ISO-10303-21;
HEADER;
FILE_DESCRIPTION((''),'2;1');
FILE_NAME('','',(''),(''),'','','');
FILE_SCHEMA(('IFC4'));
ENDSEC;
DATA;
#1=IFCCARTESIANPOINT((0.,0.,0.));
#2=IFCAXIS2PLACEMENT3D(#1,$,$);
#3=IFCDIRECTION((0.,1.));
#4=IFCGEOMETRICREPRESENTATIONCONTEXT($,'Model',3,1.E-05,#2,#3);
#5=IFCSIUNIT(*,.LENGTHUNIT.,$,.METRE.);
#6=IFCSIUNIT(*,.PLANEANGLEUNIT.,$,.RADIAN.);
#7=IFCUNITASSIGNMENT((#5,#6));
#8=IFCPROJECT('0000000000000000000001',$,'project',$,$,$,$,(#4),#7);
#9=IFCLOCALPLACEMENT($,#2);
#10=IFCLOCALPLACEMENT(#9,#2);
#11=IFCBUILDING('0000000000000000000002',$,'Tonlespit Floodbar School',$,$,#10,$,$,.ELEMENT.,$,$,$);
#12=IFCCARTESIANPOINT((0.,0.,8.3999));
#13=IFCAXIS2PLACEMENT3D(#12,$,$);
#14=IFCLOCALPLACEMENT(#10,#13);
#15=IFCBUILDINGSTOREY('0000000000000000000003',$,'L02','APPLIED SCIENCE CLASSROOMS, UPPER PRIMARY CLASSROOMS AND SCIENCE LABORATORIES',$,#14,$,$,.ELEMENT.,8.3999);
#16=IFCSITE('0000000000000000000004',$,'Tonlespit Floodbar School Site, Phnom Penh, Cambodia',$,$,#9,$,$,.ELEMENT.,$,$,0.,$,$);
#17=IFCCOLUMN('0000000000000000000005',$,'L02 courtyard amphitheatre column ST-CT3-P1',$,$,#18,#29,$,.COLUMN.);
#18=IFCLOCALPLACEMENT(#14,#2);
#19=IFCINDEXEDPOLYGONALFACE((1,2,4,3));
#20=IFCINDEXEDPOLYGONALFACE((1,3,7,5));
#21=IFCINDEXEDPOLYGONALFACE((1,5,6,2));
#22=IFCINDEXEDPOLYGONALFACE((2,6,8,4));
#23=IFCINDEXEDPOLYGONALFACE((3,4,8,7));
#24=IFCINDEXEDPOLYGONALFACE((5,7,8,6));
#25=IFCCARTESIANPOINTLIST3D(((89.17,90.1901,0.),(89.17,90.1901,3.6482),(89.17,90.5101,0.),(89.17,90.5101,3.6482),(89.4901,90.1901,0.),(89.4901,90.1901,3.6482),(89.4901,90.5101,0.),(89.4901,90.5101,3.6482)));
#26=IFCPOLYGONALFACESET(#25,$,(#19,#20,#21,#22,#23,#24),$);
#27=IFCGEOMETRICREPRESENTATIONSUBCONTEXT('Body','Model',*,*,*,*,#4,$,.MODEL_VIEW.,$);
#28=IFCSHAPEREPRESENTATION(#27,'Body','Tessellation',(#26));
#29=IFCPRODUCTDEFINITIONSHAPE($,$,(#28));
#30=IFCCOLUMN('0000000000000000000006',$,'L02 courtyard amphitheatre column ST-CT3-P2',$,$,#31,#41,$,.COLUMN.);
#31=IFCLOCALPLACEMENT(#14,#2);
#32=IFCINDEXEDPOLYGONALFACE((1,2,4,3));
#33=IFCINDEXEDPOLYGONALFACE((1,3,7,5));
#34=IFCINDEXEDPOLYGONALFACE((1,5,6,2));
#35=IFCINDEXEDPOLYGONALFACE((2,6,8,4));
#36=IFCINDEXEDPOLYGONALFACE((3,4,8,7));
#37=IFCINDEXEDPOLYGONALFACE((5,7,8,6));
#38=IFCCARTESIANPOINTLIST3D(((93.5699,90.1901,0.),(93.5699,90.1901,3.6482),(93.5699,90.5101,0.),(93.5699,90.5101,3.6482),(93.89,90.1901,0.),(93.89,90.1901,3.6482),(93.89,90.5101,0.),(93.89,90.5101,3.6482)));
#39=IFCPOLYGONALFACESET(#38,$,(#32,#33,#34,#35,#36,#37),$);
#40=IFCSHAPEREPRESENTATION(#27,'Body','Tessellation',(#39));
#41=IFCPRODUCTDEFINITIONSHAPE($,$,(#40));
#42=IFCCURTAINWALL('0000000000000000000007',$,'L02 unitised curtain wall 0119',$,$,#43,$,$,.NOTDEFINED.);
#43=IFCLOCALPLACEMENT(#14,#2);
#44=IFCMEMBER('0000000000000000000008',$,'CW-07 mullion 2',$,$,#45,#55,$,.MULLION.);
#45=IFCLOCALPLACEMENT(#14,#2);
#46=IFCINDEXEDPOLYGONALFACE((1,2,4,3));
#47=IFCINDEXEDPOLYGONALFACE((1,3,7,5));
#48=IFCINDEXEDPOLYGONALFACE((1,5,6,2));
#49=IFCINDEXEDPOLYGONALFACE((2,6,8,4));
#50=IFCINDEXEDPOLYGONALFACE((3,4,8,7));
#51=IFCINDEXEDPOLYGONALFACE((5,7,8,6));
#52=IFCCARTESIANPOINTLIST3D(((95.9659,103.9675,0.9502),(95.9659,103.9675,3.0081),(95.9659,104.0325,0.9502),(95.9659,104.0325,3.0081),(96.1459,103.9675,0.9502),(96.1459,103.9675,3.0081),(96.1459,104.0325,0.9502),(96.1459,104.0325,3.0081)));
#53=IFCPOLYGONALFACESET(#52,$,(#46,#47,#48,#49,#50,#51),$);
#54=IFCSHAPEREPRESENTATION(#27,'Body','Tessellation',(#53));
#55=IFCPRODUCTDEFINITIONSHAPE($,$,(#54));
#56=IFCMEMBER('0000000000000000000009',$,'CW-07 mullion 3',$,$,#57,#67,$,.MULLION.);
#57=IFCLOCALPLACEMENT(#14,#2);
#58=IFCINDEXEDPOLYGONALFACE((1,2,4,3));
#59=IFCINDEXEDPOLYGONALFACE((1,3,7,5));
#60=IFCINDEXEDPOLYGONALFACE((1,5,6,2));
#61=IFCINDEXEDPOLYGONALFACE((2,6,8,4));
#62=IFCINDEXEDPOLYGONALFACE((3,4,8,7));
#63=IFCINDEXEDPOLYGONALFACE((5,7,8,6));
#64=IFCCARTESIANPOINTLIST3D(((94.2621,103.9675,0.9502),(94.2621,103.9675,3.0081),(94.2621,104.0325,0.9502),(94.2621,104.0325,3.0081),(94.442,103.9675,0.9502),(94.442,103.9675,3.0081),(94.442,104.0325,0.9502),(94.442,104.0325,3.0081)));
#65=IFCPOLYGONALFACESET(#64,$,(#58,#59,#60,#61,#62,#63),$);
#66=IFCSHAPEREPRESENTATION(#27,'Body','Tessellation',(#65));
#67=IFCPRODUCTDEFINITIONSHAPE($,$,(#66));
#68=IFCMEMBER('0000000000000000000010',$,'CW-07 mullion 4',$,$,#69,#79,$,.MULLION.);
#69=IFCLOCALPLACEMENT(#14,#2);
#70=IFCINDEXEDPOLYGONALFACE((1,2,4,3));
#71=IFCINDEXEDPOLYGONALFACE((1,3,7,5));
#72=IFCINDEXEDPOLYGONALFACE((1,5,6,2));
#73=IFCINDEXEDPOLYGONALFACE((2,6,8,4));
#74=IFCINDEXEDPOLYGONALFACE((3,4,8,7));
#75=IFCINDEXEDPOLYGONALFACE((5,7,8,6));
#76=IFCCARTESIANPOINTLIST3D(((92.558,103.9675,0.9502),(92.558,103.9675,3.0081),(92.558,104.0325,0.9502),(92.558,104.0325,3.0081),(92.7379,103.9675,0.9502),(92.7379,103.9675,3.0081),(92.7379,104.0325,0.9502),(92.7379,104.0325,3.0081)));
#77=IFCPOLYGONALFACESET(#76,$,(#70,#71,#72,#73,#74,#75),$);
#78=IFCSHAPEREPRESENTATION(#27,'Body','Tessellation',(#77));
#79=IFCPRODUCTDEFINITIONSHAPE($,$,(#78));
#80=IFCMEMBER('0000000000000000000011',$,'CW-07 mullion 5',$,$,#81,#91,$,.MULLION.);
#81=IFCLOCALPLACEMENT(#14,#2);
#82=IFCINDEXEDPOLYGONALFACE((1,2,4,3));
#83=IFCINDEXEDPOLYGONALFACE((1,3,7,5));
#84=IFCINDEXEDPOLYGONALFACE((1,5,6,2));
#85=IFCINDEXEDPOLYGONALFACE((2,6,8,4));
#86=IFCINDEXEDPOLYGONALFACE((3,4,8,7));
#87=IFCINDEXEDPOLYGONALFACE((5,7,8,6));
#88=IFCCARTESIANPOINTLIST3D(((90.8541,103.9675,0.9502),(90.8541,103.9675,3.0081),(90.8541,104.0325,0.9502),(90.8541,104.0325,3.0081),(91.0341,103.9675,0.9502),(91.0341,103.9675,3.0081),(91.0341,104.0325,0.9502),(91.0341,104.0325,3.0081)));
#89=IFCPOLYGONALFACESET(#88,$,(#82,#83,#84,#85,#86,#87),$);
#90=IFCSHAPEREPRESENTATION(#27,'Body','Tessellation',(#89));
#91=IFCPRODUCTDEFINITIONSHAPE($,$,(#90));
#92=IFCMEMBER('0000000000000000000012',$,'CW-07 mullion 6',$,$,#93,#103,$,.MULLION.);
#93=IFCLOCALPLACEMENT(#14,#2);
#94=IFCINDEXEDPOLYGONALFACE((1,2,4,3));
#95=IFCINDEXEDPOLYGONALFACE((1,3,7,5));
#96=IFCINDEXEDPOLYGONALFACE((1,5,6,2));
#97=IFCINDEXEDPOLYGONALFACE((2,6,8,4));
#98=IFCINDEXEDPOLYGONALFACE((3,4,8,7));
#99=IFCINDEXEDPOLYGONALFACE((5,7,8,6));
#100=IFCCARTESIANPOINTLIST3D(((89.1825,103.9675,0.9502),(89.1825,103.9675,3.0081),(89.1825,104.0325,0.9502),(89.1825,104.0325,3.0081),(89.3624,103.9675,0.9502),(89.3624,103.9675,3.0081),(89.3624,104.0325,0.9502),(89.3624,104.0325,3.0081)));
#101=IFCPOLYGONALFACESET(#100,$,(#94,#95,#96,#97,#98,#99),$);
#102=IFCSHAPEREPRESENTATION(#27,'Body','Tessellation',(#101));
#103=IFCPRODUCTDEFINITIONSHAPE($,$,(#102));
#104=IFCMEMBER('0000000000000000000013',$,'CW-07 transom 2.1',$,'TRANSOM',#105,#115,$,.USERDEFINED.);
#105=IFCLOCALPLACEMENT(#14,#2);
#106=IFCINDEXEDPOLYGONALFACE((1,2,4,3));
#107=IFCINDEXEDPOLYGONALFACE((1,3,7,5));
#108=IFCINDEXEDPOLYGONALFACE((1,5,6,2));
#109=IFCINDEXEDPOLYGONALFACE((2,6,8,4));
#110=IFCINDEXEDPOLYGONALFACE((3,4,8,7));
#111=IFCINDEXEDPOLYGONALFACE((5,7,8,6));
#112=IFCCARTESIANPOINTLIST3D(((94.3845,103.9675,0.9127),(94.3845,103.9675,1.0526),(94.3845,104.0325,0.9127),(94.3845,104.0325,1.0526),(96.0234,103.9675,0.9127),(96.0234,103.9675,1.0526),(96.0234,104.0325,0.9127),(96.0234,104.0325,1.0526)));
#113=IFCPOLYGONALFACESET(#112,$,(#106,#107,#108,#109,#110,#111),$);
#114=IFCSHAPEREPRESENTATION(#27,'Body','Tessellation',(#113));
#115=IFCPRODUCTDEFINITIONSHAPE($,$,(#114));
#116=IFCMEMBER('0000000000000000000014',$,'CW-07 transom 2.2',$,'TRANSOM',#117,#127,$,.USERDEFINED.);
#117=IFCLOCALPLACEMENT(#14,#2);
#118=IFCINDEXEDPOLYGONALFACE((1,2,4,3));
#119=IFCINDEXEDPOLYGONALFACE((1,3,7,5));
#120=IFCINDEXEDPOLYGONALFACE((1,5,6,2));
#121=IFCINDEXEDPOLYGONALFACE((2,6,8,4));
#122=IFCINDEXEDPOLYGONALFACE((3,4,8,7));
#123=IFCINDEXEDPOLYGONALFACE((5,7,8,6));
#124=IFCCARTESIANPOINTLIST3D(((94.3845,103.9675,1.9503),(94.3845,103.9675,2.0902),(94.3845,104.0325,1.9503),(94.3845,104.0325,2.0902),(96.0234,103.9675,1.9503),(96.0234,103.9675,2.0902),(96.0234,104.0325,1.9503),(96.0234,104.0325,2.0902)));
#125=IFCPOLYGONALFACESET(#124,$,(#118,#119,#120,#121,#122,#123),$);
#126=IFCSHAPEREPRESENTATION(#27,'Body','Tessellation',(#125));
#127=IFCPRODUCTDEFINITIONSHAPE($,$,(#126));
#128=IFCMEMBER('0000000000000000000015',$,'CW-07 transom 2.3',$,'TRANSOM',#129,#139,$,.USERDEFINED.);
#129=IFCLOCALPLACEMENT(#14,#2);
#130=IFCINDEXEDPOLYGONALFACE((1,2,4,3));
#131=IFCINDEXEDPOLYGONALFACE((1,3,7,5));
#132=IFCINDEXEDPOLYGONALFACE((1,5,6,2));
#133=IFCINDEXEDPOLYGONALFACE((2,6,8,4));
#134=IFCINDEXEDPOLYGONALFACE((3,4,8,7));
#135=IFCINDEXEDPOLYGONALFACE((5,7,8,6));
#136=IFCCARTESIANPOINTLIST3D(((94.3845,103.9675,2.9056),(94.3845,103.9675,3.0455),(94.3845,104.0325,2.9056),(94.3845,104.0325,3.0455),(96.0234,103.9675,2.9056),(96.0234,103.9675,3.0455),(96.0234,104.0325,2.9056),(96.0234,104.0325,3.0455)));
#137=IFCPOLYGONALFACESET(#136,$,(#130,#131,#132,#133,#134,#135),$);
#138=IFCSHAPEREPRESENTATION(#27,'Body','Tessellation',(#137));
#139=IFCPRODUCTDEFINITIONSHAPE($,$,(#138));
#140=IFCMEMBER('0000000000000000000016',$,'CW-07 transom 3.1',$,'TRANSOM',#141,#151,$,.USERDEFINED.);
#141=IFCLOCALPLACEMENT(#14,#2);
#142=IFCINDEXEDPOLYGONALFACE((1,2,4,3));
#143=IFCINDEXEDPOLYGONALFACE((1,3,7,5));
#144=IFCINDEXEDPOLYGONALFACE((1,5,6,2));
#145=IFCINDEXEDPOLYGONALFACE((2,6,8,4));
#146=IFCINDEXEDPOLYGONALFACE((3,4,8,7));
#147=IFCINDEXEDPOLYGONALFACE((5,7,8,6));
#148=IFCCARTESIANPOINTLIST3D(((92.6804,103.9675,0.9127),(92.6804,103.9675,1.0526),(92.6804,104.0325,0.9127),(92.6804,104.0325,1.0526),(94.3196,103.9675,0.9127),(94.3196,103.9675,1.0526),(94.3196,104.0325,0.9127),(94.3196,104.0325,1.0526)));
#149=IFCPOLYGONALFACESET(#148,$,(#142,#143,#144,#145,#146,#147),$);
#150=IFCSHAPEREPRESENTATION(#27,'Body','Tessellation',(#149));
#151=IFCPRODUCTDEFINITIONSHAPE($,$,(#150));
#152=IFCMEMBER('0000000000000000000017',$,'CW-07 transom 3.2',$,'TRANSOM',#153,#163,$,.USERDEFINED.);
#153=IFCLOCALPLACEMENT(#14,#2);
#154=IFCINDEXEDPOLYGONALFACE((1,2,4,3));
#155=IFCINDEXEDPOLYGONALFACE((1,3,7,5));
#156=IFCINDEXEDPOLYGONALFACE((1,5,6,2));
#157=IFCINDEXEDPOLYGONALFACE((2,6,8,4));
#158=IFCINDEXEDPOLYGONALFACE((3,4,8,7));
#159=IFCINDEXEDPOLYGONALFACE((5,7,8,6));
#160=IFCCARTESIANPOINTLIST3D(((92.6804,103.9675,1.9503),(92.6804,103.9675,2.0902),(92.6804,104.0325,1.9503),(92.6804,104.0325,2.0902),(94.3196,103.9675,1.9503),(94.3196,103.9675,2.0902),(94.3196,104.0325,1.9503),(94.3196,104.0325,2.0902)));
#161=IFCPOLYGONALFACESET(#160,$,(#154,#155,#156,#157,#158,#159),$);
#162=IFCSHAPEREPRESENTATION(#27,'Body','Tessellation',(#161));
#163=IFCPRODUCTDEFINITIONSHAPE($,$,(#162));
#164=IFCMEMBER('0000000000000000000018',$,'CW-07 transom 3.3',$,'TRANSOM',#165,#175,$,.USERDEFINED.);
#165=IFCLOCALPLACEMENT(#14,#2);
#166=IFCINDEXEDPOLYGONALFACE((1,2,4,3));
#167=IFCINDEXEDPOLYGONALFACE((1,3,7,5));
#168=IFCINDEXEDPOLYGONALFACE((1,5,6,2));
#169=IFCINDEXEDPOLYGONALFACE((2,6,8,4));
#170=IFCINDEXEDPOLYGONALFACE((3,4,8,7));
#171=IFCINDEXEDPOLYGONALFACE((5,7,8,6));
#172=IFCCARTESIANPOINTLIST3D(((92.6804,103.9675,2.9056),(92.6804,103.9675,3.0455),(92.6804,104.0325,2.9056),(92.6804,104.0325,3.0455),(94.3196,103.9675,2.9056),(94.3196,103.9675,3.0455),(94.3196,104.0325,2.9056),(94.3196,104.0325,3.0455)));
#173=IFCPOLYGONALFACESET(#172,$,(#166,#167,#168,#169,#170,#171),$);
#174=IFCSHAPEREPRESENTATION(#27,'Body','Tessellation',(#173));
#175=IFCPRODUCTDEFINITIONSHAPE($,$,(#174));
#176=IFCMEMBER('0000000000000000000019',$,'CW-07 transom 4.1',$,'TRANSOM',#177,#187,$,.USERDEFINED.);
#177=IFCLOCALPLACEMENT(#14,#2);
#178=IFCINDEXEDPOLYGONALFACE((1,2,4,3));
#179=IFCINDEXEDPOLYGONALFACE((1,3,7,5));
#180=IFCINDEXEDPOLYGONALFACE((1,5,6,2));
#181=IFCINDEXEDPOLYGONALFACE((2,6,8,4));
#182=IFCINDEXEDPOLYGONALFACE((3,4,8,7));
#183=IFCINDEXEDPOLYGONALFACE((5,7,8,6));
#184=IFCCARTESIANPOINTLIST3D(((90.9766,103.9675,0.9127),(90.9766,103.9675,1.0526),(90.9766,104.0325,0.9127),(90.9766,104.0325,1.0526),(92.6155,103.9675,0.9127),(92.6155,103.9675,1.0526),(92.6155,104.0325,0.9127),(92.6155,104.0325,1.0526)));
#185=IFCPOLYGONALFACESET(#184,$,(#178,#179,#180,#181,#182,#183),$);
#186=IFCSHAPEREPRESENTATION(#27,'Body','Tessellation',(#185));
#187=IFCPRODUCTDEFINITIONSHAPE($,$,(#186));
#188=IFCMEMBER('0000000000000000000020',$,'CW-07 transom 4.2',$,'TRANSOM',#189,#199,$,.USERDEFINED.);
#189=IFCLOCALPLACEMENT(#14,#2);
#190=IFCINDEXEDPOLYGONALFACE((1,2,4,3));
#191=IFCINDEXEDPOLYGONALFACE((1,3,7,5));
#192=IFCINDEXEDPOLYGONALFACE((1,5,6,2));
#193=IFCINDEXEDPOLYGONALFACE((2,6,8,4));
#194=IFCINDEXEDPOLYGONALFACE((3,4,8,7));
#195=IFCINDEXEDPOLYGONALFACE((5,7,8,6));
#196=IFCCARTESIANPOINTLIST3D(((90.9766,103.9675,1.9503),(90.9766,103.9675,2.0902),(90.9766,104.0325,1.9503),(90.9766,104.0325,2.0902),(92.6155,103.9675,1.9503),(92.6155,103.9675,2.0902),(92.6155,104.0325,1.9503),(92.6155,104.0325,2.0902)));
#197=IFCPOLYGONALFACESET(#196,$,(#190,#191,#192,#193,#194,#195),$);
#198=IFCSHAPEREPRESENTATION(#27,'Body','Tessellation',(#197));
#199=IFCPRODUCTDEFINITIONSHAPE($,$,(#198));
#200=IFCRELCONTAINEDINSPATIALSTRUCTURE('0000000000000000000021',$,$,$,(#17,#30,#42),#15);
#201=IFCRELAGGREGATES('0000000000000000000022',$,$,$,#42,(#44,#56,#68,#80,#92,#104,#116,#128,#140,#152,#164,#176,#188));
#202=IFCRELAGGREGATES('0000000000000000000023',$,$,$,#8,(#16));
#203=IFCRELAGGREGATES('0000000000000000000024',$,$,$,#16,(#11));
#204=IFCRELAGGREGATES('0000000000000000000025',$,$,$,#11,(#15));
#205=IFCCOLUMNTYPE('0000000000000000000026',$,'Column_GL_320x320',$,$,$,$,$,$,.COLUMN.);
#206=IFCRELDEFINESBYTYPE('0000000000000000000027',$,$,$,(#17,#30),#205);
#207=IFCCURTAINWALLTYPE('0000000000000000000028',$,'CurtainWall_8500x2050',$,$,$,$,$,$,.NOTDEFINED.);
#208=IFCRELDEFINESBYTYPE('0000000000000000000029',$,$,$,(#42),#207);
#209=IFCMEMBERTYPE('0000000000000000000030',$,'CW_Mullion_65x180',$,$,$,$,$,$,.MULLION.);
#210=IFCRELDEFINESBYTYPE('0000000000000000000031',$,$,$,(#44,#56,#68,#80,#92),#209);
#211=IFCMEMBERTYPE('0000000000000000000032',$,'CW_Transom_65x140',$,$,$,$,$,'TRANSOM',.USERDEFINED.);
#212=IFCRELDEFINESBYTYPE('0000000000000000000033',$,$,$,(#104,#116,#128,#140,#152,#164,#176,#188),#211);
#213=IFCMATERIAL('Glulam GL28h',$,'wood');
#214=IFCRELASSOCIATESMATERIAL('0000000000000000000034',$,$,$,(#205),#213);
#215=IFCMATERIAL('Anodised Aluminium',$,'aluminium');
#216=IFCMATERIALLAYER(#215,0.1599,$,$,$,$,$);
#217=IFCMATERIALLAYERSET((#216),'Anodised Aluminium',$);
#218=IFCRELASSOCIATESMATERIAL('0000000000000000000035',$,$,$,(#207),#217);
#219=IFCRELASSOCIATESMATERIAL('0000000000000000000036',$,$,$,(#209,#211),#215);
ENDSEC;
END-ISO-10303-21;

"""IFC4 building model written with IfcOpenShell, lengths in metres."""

from ifc_helpers import new_model, si_unit, direction, frame, origin, origin_2d, place, context, subcontext, project, spatial, rectangle, extrude, material, layer, layer_set, material_profile, profile_set, type_object, element, aggregate, save


model = new_model("IFC4")

# Units and contexts
model_context = context("Model", 3, precision=1e-05, world=origin(), true_north=direction((0.0, 1.0)))
body_context = subcontext(model_context, "Body", "Model", "MODEL_VIEW")
ifc_project = project(units=[si_unit("LENGTHUNIT", "METRE"), si_unit("PLANEANGLEUNIT", "RADIAN")], contexts=[model_context])

# Site, building, storey
site_placement = place(None, origin())
site = spatial("IfcSite", under=ifc_project, at=site_placement, Name="Tonlespit Floodbar School Site, Phnom Penh, Cambodia", CompositionType="ELEMENT", RefElevation=0.0)
building_placement = place(site_placement, origin())
building = spatial("IfcBuilding", under=site, at=building_placement, Name="Tonlespit Floodbar School", CompositionType="ELEMENT")
storey_placement = place(building_placement, frame((0.0, 0.0, 8.3999)))
storey = spatial("IfcBuildingStorey", under=building, at=storey_placement, Name="L02", Description="APPLIED SCIENCE CLASSROOMS, UPPER PRIMARY CLASSROOMS AND SCIENCE LABORATORIES", CompositionType="ELEMENT", Elevation=8.3999)

# Columns
ifc_material_1 = material(Name="Glulam GL28h", Category="wood")
ifc_material_profile_1 = material_profile(ifc_material_1, rectangle(XDim=0.3201, YDim=0.3201, at=origin_2d()), Name="GL 320x320")
ifc_profile_set_1 = profile_set([ifc_material_profile_1], Name="Glulam GL28h")
column_type = type_object("IfcColumnType", Name="Column_GL_320x320", PredefinedType="COLUMN", material=ifc_profile_set_1)
for number, where, z_axis, x_axis, name in (
    (1, (89.3301, 90.3501, 0.0), (0.0, 0.0, 1.0), (1.0, 0.0, 0.0), "L02 courtyard amphitheatre column ST-CT3-P1"),
    (2, (93.73, 90.3501, 0.0), (0.0, 0.0, 1.0), (1.0, 0.0, 0.0), "L02 courtyard amphitheatre column ST-CT3-P2"),
):
    element("IfcColumn", number, at=place(storey_placement, frame(where, z_axis=z_axis, x_axis=x_axis)), inside=storey, type_object=column_type, Name=name, PredefinedType="COLUMN", context=body_context, shape_type="SweptSolid", body=[
        extrude(rectangle(XDim=0.3201, YDim=0.3201, at=origin_2d()), origin(), (0.0, 0.0, 1.0), 3.6482),
    ])

# Curtain wall, members
ifc_material_2 = material(Name="Anodised Aluminium", Category="aluminium")
ifc_layer_1 = layer(ifc_material_2, 0.1599)
ifc_layer_set_1 = layer_set([ifc_layer_1], Name="Anodised Aluminium")
curtain_wall_type = type_object("IfcCurtainWallType", Name="CurtainWall_8500x2050", PredefinedType="NOTDEFINED", material=ifc_layer_set_1)
curtain_wall_placement = place(storey_placement, origin())
curtain_wall = element("IfcCurtainWall", 3, at=curtain_wall_placement, inside=storey, type_object=curtain_wall_type, Name="L02 unitised curtain wall 0119", PredefinedType="NOTDEFINED")
ifc_material_profile_2 = material_profile(ifc_material_2, rectangle(XDim=0.0649, YDim=0.1799, at=origin_2d()), Name="ALU M65x180")
ifc_profile_set_2 = profile_set([ifc_material_profile_2], Name="Anodised Aluminium")
member_type_1 = type_object("IfcMemberType", Name="CW_Mullion_65x180", PredefinedType="MULLION", material=ifc_profile_set_2)
member_1_placement = place(storey_placement, frame((96.0559, 104.0, 0.9502), z_axis=(0.0, 0.0, 1.0), x_axis=(0.0, -1.0, 0.0)))
member_1 = element("IfcMember", 4, at=member_1_placement, type_object=member_type_1, Name="CW-07 mullion 2", PredefinedType="MULLION", context=body_context, shape_type="SweptSolid", body=[
    extrude(rectangle(XDim=0.0649, YDim=0.1799, at=origin_2d()), origin(), (0.0, 0.0, 1.0), 2.0579),
])
member_2_placement = place(storey_placement, frame((94.3521, 104.0, 0.9502), z_axis=(0.0, 0.0, 1.0), x_axis=(0.0, -1.0, 0.0)))
member_2 = element("IfcMember", 5, at=member_2_placement, type_object=member_type_1, Name="CW-07 mullion 3", PredefinedType="MULLION", context=body_context, shape_type="SweptSolid", body=[
    extrude(rectangle(XDim=0.0649, YDim=0.1799, at=origin_2d()), origin(), (0.0, 0.0, 1.0), 2.0579),
])
member_3_placement = place(storey_placement, frame((92.6479, 104.0, 0.9502), z_axis=(0.0, 0.0, 1.0), x_axis=(0.0, -1.0, 0.0)))
member_3 = element("IfcMember", 6, at=member_3_placement, type_object=member_type_1, Name="CW-07 mullion 4", PredefinedType="MULLION", context=body_context, shape_type="SweptSolid", body=[
    extrude(rectangle(XDim=0.0649, YDim=0.1799, at=origin_2d()), origin(), (0.0, 0.0, 1.0), 2.0579),
])
member_4_placement = place(storey_placement, frame((90.9441, 104.0, 0.9502), z_axis=(0.0, 0.0, 1.0), x_axis=(0.0, -1.0, 0.0)))
member_4 = element("IfcMember", 7, at=member_4_placement, type_object=member_type_1, Name="CW-07 mullion 5", PredefinedType="MULLION", context=body_context, shape_type="SweptSolid", body=[
    extrude(rectangle(XDim=0.0649, YDim=0.1799, at=origin_2d()), origin(), (0.0, 0.0, 1.0), 2.0579),
])
member_5_placement = place(storey_placement, frame((89.2725, 104.0, 0.9502), z_axis=(0.0, 0.0, 1.0), x_axis=(0.0, -1.0, 0.0)))
member_5 = element("IfcMember", 8, at=member_5_placement, type_object=member_type_1, Name="CW-07 mullion 6", PredefinedType="MULLION", context=body_context, shape_type="SweptSolid", body=[
    extrude(rectangle(XDim=0.0649, YDim=0.1799, at=origin_2d()), origin(), (0.0, 0.0, 1.0), 2.0579),
])
ifc_material_profile_3 = material_profile(ifc_material_2, rectangle(XDim=0.0649, YDim=0.1399, at=origin_2d()), Name="ALU T65x140")
ifc_profile_set_3 = profile_set([ifc_material_profile_3], Name="Anodised Aluminium")
member_type_2 = type_object("IfcMemberType", Name="CW_Transom_65x140", ElementType="TRANSOM", PredefinedType="USERDEFINED", material=ifc_profile_set_3)
member_6_placement = place(storey_placement, frame((96.0234, 104.0, 0.9827), z_axis=(-1.0, 0.0, 0.0), x_axis=(0.0, -1.0, 0.0)))
member_6 = element("IfcMember", 9, at=member_6_placement, type_object=member_type_2, Name="CW-07 transom 2.1", ObjectType="TRANSOM", PredefinedType="USERDEFINED", context=body_context, shape_type="SweptSolid", body=[
    extrude(rectangle(XDim=0.0649, YDim=0.1399, at=origin_2d()), origin(), (0.0, 0.0, 1.0), 1.6389),
])
member_7_placement = place(storey_placement, frame((96.0234, 104.0, 2.0203), z_axis=(-1.0, 0.0, 0.0), x_axis=(0.0, -1.0, 0.0)))
member_7 = element("IfcMember", 10, at=member_7_placement, type_object=member_type_2, Name="CW-07 transom 2.2", ObjectType="TRANSOM", PredefinedType="USERDEFINED", context=body_context, shape_type="SweptSolid", body=[
    extrude(rectangle(XDim=0.0649, YDim=0.1399, at=origin_2d()), origin(), (0.0, 0.0, 1.0), 1.6389),
])
member_8_placement = place(storey_placement, frame((96.0234, 104.0, 2.9756), z_axis=(-1.0, 0.0, 0.0), x_axis=(0.0, -1.0, 0.0)))
member_8 = element("IfcMember", 11, at=member_8_placement, type_object=member_type_2, Name="CW-07 transom 2.3", ObjectType="TRANSOM", PredefinedType="USERDEFINED", context=body_context, shape_type="SweptSolid", body=[
    extrude(rectangle(XDim=0.0649, YDim=0.1399, at=origin_2d()), origin(), (0.0, 0.0, 1.0), 1.6389),
])
member_9_placement = place(storey_placement, frame((94.3196, 104.0, 0.9827), z_axis=(-1.0, 0.0, 0.0), x_axis=(0.0, -1.0, 0.0)))
member_9 = element("IfcMember", 12, at=member_9_placement, type_object=member_type_2, Name="CW-07 transom 3.1", ObjectType="TRANSOM", PredefinedType="USERDEFINED", context=body_context, shape_type="SweptSolid", body=[
    extrude(rectangle(XDim=0.0649, YDim=0.1399, at=origin_2d()), origin(), (0.0, 0.0, 1.0), 1.6392),
])
member_10_placement = place(storey_placement, frame((94.3196, 104.0, 2.0203), z_axis=(-1.0, 0.0, 0.0), x_axis=(0.0, -1.0, 0.0)))
member_10 = element("IfcMember", 13, at=member_10_placement, type_object=member_type_2, Name="CW-07 transom 3.2", ObjectType="TRANSOM", PredefinedType="USERDEFINED", context=body_context, shape_type="SweptSolid", body=[
    extrude(rectangle(XDim=0.0649, YDim=0.1399, at=origin_2d()), origin(), (0.0, 0.0, 1.0), 1.6392),
])
member_11_placement = place(storey_placement, frame((94.3196, 104.0, 2.9756), z_axis=(-1.0, 0.0, 0.0), x_axis=(0.0, -1.0, 0.0)))
member_11 = element("IfcMember", 14, at=member_11_placement, type_object=member_type_2, Name="CW-07 transom 3.3", ObjectType="TRANSOM", PredefinedType="USERDEFINED", context=body_context, shape_type="SweptSolid", body=[
    extrude(rectangle(XDim=0.0649, YDim=0.1399, at=origin_2d()), origin(), (0.0, 0.0, 1.0), 1.6392),
])
member_12_placement = place(storey_placement, frame((92.6155, 104.0, 0.9827), z_axis=(-1.0, 0.0, 0.0), x_axis=(0.0, -1.0, 0.0)))
member_12 = element("IfcMember", 15, at=member_12_placement, type_object=member_type_2, Name="CW-07 transom 4.1", ObjectType="TRANSOM", PredefinedType="USERDEFINED", context=body_context, shape_type="SweptSolid", body=[
    extrude(rectangle(XDim=0.0649, YDim=0.1399, at=origin_2d()), origin(), (0.0, 0.0, 1.0), 1.6389),
])
member_13_placement = place(storey_placement, frame((92.6155, 104.0, 2.0203), z_axis=(-1.0, 0.0, 0.0), x_axis=(0.0, -1.0, 0.0)))
member_13 = element("IfcMember", 16, at=member_13_placement, type_object=member_type_2, Name="CW-07 transom 4.2", ObjectType="TRANSOM", PredefinedType="USERDEFINED", context=body_context, shape_type="SweptSolid", body=[
    extrude(rectangle(XDim=0.0649, YDim=0.1399, at=origin_2d()), origin(), (0.0, 0.0, 1.0), 1.6389),
])
aggregate(curtain_wall, [member_1, member_2, member_3, member_4, member_5, member_6, member_7, member_8, member_9, member_10, member_11, member_12, member_13])

save(model, "model.ifc")
